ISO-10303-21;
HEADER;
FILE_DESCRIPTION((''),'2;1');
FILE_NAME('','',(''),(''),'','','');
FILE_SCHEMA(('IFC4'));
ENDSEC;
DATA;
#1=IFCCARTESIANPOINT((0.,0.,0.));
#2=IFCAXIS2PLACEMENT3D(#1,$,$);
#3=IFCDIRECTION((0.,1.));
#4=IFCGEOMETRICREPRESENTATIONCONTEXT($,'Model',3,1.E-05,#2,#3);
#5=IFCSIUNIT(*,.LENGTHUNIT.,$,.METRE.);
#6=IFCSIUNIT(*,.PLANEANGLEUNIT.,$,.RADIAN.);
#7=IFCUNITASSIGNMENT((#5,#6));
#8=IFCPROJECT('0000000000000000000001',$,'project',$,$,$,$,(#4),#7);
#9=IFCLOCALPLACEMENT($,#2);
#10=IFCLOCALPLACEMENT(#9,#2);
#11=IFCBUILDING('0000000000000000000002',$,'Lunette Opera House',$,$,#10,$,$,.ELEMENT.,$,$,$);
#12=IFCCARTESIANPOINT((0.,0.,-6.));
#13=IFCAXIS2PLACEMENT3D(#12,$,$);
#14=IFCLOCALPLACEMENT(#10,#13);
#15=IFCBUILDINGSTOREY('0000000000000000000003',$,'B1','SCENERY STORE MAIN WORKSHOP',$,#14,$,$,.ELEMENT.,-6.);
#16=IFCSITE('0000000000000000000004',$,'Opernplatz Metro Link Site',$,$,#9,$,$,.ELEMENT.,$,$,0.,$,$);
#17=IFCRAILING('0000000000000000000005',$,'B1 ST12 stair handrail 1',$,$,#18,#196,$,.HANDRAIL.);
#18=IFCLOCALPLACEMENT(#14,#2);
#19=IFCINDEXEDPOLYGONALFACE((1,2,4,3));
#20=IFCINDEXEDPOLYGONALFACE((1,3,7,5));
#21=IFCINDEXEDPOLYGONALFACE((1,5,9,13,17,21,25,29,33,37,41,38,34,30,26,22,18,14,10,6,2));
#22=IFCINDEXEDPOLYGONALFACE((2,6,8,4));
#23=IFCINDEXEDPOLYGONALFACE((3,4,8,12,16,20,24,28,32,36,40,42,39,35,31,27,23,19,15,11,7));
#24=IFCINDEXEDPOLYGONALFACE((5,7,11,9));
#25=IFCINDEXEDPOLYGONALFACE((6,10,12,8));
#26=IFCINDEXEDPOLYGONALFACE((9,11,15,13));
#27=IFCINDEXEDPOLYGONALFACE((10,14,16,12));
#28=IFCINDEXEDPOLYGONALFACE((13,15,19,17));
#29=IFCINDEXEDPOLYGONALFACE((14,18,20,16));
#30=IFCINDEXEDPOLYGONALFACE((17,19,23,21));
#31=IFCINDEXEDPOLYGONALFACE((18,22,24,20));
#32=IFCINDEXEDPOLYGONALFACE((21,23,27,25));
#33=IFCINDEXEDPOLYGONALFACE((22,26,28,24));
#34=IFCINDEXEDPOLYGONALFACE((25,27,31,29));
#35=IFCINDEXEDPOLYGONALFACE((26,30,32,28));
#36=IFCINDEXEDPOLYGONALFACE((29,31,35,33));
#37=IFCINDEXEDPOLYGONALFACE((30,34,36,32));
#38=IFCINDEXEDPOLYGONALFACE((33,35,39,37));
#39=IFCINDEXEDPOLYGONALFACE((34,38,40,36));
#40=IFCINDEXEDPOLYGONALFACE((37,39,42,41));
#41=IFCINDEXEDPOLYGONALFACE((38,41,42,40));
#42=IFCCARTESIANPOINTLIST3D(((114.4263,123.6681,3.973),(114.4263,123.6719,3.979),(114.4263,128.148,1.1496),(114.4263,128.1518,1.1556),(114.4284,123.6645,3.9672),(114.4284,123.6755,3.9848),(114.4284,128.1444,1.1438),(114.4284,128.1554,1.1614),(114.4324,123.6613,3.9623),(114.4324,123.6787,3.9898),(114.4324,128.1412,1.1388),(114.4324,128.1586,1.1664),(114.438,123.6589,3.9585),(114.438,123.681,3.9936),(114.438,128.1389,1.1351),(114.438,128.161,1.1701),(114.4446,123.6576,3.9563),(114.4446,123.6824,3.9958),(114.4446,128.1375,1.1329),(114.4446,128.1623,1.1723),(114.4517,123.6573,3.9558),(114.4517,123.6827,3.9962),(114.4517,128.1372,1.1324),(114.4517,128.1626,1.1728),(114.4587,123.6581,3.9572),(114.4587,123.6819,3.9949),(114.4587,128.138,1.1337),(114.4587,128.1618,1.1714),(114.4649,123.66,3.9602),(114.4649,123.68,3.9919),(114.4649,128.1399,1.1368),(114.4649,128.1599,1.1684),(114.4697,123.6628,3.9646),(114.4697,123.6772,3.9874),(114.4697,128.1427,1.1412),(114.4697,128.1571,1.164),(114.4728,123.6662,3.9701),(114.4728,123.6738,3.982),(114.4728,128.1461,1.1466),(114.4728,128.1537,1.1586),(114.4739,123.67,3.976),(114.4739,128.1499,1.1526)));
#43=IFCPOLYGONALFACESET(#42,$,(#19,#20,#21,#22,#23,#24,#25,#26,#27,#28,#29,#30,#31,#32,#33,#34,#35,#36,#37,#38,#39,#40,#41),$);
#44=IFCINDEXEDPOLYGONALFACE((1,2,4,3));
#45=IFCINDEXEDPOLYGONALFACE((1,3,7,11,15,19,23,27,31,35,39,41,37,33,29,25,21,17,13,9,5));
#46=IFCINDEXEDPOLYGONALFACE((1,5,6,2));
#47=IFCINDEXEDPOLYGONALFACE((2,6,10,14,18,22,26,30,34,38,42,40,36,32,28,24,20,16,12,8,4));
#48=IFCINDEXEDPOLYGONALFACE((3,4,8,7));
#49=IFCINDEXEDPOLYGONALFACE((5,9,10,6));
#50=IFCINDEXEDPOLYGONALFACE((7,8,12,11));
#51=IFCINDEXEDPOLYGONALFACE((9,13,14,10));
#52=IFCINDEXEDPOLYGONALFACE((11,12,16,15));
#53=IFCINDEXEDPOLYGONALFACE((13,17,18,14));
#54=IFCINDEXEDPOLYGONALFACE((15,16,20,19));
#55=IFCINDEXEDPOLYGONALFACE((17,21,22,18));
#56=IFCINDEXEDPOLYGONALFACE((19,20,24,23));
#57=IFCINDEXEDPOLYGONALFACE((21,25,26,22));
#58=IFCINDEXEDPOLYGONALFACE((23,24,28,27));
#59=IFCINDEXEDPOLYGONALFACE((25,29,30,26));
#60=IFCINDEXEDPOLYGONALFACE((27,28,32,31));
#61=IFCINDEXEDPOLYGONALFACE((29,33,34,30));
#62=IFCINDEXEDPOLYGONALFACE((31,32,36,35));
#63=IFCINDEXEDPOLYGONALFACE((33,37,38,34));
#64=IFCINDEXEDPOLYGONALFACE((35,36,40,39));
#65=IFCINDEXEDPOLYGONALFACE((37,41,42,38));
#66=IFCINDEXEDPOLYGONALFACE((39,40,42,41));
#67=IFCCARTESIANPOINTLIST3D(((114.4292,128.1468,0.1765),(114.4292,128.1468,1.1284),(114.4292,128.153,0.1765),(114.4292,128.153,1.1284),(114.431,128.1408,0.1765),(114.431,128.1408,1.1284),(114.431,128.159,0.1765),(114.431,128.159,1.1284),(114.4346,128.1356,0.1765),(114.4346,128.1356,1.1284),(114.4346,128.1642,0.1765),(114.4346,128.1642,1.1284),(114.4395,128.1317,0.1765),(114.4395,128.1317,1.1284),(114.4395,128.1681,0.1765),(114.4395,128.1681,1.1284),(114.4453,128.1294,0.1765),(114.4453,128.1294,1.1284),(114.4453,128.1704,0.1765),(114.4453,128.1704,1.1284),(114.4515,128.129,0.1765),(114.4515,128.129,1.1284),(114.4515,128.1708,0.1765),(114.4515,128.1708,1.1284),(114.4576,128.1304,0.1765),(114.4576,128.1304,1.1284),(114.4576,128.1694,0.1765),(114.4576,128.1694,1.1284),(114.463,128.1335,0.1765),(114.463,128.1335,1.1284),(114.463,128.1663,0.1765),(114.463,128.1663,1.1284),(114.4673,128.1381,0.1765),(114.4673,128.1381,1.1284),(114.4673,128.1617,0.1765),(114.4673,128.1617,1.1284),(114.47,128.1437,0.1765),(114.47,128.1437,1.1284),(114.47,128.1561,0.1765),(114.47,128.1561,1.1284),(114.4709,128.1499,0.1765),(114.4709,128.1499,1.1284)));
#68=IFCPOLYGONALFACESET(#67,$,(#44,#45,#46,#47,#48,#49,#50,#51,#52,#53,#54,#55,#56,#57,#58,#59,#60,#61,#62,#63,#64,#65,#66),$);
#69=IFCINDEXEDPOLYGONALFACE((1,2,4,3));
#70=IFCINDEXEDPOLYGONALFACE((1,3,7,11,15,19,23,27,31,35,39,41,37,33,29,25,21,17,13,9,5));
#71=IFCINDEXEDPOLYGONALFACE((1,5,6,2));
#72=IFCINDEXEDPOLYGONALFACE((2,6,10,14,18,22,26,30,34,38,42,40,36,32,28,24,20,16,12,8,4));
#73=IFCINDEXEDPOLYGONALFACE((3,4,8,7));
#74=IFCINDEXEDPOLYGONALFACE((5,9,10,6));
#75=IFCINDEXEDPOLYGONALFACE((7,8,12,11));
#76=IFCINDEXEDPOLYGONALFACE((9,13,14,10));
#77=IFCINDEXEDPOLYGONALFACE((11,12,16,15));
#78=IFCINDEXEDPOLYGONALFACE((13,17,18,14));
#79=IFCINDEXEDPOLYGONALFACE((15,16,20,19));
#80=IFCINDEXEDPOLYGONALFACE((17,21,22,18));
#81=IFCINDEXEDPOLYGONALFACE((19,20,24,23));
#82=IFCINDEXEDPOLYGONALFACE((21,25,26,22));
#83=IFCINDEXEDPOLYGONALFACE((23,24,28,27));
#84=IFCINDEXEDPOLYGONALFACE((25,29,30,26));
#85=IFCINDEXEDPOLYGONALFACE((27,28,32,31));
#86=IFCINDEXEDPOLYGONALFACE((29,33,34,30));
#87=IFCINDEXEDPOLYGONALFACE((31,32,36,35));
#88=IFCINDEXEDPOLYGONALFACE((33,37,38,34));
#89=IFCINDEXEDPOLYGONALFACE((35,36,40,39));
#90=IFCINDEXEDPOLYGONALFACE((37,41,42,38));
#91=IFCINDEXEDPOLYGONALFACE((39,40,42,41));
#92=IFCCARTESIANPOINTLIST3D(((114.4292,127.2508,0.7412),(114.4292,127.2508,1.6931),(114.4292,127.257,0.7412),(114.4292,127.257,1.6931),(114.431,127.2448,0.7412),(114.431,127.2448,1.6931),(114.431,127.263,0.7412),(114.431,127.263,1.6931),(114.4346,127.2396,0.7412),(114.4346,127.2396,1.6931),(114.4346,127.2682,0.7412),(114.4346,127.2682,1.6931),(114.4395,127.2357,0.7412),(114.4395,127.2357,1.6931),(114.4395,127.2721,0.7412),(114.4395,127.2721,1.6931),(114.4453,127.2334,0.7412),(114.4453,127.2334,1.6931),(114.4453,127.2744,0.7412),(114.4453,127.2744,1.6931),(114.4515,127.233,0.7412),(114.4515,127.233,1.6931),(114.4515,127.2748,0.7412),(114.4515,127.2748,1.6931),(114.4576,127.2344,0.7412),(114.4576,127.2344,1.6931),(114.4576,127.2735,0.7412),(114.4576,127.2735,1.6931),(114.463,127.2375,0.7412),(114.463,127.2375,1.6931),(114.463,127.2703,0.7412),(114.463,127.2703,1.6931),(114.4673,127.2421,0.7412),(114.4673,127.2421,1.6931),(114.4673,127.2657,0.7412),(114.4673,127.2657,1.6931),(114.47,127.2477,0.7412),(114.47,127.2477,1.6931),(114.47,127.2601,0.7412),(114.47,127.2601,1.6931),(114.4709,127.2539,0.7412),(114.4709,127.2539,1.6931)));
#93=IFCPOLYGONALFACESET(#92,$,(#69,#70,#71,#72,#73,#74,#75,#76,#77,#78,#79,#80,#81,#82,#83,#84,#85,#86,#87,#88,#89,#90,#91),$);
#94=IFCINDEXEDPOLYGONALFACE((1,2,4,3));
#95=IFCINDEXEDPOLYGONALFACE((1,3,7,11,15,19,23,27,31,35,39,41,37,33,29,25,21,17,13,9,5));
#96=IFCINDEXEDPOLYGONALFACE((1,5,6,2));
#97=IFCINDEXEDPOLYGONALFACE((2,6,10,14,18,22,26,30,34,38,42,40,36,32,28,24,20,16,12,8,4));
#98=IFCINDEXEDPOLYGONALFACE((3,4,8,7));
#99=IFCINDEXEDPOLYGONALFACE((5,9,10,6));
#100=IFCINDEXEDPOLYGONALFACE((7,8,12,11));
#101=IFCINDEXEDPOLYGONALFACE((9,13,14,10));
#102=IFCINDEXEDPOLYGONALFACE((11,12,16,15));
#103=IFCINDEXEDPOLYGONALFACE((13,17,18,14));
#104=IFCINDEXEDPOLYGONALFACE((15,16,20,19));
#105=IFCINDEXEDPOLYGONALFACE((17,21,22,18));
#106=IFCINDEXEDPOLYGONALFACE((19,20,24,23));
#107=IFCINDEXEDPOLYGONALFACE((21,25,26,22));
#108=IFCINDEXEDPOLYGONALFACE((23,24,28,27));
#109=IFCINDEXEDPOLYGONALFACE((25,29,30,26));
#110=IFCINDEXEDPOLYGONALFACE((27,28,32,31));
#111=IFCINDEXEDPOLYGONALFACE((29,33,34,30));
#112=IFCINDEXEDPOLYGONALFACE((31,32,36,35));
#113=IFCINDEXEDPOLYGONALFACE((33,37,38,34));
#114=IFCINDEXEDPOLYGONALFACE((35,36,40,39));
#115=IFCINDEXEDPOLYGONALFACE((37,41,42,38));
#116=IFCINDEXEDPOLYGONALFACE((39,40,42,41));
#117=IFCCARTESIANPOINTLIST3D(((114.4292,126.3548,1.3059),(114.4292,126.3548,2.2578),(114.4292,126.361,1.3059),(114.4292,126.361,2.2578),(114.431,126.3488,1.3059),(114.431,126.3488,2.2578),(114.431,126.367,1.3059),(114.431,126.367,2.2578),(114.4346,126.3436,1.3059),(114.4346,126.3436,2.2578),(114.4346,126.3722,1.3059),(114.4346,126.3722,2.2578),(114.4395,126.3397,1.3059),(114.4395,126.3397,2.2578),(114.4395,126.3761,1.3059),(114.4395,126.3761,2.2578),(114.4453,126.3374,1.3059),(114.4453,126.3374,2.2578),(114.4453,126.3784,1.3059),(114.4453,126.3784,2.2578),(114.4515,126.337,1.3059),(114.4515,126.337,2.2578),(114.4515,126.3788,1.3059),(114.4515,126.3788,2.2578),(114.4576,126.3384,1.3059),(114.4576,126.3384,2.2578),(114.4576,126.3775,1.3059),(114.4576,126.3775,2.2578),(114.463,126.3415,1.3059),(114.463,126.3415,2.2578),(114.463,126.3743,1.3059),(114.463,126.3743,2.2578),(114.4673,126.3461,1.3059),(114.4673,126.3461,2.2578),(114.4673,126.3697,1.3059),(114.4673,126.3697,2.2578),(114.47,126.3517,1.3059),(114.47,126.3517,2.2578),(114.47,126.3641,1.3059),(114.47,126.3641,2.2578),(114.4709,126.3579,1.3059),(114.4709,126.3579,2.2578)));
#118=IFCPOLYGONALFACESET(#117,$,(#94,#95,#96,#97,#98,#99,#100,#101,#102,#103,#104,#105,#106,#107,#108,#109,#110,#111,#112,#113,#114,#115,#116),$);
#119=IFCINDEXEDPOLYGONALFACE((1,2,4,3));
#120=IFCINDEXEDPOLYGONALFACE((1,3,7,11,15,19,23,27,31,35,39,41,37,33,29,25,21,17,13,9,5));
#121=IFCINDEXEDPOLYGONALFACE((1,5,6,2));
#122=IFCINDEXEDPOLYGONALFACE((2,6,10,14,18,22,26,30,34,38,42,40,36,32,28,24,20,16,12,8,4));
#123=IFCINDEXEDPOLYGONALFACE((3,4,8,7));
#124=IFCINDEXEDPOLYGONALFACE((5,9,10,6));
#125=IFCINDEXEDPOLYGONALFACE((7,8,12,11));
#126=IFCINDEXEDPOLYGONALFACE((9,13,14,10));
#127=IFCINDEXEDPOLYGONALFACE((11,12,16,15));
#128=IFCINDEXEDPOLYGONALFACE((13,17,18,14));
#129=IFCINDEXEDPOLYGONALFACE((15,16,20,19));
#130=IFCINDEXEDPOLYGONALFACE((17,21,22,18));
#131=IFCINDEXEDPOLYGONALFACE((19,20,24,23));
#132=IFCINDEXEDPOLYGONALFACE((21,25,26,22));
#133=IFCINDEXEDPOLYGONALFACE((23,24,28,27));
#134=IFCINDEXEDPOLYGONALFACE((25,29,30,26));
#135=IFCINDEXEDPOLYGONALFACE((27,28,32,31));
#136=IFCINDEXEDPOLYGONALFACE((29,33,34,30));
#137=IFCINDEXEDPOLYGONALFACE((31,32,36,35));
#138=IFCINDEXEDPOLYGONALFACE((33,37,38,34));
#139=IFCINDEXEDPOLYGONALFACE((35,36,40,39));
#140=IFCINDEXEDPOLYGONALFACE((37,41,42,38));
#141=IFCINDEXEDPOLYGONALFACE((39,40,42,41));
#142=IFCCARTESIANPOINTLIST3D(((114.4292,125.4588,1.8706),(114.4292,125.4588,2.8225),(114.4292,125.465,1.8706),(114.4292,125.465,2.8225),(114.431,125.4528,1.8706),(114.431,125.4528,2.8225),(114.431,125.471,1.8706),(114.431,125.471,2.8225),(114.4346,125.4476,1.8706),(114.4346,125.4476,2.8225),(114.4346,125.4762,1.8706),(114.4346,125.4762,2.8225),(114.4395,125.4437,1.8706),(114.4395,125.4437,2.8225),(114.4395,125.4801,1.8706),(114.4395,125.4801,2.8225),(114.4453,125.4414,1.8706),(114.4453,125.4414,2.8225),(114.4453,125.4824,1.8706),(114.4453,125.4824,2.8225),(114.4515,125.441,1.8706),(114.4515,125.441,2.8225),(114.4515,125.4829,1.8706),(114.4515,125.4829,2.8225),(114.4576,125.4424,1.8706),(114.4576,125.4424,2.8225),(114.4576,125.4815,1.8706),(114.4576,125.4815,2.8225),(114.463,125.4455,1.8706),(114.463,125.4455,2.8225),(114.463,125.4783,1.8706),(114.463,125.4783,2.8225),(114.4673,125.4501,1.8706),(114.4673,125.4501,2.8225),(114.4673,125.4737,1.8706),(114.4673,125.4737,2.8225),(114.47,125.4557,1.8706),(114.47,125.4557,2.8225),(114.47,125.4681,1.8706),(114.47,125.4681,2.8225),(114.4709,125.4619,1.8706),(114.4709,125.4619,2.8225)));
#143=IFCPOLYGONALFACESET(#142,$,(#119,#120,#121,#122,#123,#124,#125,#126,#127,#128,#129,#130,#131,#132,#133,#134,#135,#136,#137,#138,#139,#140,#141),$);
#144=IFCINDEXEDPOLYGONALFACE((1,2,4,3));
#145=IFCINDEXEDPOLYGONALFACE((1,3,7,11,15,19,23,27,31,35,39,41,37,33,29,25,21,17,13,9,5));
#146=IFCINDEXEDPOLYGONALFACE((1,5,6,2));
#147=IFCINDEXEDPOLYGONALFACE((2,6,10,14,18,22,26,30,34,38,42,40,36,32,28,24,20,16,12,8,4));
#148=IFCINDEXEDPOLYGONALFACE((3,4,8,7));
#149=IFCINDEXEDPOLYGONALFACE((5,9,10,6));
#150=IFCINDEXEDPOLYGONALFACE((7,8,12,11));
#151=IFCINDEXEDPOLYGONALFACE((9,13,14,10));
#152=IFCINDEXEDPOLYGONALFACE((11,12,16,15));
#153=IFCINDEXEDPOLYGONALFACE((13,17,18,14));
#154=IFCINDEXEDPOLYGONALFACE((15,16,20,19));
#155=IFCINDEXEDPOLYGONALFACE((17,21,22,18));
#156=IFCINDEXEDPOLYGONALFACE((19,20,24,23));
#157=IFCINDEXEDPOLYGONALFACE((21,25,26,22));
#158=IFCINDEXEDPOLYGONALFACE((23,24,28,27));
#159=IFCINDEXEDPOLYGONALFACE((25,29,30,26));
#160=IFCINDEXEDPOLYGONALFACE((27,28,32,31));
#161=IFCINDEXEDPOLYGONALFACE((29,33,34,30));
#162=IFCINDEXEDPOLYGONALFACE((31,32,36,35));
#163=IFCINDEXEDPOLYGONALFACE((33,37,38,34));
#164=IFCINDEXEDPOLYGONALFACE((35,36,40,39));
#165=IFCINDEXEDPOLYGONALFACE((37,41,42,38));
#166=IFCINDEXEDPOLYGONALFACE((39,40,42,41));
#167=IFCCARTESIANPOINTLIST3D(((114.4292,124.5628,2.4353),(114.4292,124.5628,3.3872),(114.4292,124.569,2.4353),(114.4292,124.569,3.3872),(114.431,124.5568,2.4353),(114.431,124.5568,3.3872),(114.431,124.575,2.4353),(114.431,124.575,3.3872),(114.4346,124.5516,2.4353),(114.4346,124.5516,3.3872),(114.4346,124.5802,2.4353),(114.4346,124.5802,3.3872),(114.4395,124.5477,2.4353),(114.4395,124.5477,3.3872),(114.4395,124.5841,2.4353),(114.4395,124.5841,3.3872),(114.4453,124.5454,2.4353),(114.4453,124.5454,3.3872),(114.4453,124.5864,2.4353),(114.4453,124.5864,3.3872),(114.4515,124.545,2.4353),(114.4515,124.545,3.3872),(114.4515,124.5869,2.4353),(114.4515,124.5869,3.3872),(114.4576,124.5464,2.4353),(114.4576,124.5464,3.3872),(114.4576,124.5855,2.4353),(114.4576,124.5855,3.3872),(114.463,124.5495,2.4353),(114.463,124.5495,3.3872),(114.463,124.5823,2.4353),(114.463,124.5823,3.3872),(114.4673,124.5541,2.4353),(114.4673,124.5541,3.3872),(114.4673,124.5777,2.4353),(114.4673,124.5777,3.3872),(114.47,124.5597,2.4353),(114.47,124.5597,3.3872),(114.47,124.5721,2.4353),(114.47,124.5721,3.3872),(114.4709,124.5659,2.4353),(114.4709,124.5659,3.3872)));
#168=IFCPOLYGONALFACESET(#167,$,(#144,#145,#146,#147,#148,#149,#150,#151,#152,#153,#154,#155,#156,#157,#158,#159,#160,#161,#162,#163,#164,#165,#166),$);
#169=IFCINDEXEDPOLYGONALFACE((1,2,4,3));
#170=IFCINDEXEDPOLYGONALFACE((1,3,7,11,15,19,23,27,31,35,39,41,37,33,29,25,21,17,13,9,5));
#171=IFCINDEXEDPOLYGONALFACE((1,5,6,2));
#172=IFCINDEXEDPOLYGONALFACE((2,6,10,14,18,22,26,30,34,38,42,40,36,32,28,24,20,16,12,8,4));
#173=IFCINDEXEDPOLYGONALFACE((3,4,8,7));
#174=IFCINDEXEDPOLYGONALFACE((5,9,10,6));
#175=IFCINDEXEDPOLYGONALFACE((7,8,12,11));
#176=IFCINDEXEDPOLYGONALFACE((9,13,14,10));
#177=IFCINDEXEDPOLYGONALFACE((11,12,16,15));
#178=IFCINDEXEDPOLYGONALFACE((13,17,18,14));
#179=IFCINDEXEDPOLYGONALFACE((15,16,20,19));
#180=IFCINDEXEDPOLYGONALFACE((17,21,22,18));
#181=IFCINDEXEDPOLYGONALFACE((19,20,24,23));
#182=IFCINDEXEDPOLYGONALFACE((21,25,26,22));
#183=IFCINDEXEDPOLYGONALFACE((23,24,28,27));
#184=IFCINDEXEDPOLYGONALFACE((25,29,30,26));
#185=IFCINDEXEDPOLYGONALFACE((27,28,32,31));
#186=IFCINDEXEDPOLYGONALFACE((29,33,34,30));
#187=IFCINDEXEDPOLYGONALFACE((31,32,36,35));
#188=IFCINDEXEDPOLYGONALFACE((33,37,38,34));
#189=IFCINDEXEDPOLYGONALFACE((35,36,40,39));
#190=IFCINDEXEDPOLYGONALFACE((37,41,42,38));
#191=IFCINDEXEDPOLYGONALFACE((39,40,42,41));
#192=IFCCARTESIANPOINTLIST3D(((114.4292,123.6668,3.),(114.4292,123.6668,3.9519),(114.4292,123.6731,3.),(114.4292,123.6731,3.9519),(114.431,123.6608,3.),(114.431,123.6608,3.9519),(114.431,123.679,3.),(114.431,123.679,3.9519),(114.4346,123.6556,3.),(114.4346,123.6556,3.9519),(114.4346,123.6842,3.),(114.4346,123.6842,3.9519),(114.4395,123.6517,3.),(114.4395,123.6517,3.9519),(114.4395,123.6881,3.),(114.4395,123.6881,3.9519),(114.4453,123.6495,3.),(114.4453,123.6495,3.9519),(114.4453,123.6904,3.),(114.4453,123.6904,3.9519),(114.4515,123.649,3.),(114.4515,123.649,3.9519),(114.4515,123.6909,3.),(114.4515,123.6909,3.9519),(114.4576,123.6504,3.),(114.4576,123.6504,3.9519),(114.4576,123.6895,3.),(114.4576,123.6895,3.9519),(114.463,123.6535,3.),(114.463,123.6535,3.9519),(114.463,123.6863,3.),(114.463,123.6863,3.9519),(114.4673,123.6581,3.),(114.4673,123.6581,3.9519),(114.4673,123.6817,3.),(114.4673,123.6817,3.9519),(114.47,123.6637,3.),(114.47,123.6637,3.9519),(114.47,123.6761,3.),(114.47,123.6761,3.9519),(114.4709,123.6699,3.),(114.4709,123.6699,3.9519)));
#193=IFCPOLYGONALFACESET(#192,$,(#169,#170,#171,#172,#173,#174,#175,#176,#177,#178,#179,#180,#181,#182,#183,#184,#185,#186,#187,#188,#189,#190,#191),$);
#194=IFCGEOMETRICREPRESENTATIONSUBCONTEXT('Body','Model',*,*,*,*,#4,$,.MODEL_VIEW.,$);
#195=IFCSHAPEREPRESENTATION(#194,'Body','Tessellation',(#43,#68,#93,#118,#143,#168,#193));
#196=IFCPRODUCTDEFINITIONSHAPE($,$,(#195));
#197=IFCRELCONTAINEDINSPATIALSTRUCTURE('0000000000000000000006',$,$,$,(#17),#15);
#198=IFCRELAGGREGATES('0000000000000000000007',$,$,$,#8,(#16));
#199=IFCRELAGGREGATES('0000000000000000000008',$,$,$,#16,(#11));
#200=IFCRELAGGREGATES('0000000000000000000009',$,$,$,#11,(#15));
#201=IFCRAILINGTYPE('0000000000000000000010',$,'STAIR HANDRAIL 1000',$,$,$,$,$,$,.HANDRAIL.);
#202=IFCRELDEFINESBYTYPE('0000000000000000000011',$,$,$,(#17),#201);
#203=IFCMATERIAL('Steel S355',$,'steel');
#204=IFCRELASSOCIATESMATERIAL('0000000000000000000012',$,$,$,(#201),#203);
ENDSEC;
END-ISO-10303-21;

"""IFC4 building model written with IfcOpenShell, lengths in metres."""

from ifc_helpers import new_model, si_unit, direction, frame, origin, origin_2d, place, context, subcontext, project, spatial, circle, extrude, material, type_object, element, save


model = new_model("IFC4")

# Units and contexts
model_context = context("Model", 3, precision=1e-05, world=origin(), true_north=direction((0.0, 1.0)))
body_context = subcontext(model_context, "Body", "Model", "MODEL_VIEW")
ifc_project = project(units=[si_unit("LENGTHUNIT", "METRE"), si_unit("PLANEANGLEUNIT", "RADIAN")], contexts=[model_context])

# Site, building, storey
site_placement = place(None, origin())
site = spatial("IfcSite", under=ifc_project, at=site_placement, Name="Opernplatz Metro Link Site", CompositionType="ELEMENT", RefElevation=0.0)
building_placement = place(site_placement, origin())
building = spatial("IfcBuilding", under=site, at=building_placement, Name="Lunette Opera House", CompositionType="ELEMENT")
storey_placement = place(building_placement, frame((0.0, 0.0, -6.0)))
storey = spatial("IfcBuildingStorey", under=building, at=storey_placement, Name="B1", Description="SCENERY STORE MAIN WORKSHOP", CompositionType="ELEMENT", Elevation=-6.0)

# Railing
ifc_material_1 = material(Name="Steel S355", Category="steel")
railing_type_1 = type_object("IfcRailingType", Name="STAIR HANDRAIL 1000", PredefinedType="HANDRAIL", material=ifc_material_1)
railing_1_placement = place(storey_placement, frame((114.45, 128.1499, 0.1765)))
element("IfcRailing", 1, at=railing_1_placement, inside=storey, type_object=railing_type_1, Name="B1 ST12 stair handrail 1", PredefinedType="HANDRAIL", context=body_context, shape_type="SweptSolid", body=[
    extrude(circle(Radius=0.0239, at=origin_2d()), frame((0.0, 0.0, 0.9761), z_axis=(0.0, -0.845998, 0.533186), x_axis=(1.0, 0.0, 0.0)), (0.0, 0.0, 1.0), 5.2954),
    extrude(circle(Radius=0.021, at=origin_2d()), origin(), (0.0, 0.0, 1.0), 0.9519),
    extrude(circle(Radius=0.021, at=origin_2d()), frame((0.0, -0.896, 0.5647)), (0.0, 0.0, 1.0), 0.9519),
    extrude(circle(Radius=0.021, at=origin_2d()), frame((0.0, -1.792, 1.1294)), (0.0, 0.0, 1.0), 0.9519),
    extrude(circle(Radius=0.021, at=origin_2d()), frame((0.0, -2.688, 1.6941)), (0.0, 0.0, 1.0), 0.9519),
    extrude(circle(Radius=0.021, at=origin_2d()), frame((0.0, -3.584, 2.2588)), (0.0, 0.0, 1.0), 0.9519),
    extrude(circle(Radius=0.021, at=origin_2d()), frame((0.0, -4.48, 2.8235)), (0.0, 0.0, 1.0), 0.9519),
])

save(model, "model.ifc")
